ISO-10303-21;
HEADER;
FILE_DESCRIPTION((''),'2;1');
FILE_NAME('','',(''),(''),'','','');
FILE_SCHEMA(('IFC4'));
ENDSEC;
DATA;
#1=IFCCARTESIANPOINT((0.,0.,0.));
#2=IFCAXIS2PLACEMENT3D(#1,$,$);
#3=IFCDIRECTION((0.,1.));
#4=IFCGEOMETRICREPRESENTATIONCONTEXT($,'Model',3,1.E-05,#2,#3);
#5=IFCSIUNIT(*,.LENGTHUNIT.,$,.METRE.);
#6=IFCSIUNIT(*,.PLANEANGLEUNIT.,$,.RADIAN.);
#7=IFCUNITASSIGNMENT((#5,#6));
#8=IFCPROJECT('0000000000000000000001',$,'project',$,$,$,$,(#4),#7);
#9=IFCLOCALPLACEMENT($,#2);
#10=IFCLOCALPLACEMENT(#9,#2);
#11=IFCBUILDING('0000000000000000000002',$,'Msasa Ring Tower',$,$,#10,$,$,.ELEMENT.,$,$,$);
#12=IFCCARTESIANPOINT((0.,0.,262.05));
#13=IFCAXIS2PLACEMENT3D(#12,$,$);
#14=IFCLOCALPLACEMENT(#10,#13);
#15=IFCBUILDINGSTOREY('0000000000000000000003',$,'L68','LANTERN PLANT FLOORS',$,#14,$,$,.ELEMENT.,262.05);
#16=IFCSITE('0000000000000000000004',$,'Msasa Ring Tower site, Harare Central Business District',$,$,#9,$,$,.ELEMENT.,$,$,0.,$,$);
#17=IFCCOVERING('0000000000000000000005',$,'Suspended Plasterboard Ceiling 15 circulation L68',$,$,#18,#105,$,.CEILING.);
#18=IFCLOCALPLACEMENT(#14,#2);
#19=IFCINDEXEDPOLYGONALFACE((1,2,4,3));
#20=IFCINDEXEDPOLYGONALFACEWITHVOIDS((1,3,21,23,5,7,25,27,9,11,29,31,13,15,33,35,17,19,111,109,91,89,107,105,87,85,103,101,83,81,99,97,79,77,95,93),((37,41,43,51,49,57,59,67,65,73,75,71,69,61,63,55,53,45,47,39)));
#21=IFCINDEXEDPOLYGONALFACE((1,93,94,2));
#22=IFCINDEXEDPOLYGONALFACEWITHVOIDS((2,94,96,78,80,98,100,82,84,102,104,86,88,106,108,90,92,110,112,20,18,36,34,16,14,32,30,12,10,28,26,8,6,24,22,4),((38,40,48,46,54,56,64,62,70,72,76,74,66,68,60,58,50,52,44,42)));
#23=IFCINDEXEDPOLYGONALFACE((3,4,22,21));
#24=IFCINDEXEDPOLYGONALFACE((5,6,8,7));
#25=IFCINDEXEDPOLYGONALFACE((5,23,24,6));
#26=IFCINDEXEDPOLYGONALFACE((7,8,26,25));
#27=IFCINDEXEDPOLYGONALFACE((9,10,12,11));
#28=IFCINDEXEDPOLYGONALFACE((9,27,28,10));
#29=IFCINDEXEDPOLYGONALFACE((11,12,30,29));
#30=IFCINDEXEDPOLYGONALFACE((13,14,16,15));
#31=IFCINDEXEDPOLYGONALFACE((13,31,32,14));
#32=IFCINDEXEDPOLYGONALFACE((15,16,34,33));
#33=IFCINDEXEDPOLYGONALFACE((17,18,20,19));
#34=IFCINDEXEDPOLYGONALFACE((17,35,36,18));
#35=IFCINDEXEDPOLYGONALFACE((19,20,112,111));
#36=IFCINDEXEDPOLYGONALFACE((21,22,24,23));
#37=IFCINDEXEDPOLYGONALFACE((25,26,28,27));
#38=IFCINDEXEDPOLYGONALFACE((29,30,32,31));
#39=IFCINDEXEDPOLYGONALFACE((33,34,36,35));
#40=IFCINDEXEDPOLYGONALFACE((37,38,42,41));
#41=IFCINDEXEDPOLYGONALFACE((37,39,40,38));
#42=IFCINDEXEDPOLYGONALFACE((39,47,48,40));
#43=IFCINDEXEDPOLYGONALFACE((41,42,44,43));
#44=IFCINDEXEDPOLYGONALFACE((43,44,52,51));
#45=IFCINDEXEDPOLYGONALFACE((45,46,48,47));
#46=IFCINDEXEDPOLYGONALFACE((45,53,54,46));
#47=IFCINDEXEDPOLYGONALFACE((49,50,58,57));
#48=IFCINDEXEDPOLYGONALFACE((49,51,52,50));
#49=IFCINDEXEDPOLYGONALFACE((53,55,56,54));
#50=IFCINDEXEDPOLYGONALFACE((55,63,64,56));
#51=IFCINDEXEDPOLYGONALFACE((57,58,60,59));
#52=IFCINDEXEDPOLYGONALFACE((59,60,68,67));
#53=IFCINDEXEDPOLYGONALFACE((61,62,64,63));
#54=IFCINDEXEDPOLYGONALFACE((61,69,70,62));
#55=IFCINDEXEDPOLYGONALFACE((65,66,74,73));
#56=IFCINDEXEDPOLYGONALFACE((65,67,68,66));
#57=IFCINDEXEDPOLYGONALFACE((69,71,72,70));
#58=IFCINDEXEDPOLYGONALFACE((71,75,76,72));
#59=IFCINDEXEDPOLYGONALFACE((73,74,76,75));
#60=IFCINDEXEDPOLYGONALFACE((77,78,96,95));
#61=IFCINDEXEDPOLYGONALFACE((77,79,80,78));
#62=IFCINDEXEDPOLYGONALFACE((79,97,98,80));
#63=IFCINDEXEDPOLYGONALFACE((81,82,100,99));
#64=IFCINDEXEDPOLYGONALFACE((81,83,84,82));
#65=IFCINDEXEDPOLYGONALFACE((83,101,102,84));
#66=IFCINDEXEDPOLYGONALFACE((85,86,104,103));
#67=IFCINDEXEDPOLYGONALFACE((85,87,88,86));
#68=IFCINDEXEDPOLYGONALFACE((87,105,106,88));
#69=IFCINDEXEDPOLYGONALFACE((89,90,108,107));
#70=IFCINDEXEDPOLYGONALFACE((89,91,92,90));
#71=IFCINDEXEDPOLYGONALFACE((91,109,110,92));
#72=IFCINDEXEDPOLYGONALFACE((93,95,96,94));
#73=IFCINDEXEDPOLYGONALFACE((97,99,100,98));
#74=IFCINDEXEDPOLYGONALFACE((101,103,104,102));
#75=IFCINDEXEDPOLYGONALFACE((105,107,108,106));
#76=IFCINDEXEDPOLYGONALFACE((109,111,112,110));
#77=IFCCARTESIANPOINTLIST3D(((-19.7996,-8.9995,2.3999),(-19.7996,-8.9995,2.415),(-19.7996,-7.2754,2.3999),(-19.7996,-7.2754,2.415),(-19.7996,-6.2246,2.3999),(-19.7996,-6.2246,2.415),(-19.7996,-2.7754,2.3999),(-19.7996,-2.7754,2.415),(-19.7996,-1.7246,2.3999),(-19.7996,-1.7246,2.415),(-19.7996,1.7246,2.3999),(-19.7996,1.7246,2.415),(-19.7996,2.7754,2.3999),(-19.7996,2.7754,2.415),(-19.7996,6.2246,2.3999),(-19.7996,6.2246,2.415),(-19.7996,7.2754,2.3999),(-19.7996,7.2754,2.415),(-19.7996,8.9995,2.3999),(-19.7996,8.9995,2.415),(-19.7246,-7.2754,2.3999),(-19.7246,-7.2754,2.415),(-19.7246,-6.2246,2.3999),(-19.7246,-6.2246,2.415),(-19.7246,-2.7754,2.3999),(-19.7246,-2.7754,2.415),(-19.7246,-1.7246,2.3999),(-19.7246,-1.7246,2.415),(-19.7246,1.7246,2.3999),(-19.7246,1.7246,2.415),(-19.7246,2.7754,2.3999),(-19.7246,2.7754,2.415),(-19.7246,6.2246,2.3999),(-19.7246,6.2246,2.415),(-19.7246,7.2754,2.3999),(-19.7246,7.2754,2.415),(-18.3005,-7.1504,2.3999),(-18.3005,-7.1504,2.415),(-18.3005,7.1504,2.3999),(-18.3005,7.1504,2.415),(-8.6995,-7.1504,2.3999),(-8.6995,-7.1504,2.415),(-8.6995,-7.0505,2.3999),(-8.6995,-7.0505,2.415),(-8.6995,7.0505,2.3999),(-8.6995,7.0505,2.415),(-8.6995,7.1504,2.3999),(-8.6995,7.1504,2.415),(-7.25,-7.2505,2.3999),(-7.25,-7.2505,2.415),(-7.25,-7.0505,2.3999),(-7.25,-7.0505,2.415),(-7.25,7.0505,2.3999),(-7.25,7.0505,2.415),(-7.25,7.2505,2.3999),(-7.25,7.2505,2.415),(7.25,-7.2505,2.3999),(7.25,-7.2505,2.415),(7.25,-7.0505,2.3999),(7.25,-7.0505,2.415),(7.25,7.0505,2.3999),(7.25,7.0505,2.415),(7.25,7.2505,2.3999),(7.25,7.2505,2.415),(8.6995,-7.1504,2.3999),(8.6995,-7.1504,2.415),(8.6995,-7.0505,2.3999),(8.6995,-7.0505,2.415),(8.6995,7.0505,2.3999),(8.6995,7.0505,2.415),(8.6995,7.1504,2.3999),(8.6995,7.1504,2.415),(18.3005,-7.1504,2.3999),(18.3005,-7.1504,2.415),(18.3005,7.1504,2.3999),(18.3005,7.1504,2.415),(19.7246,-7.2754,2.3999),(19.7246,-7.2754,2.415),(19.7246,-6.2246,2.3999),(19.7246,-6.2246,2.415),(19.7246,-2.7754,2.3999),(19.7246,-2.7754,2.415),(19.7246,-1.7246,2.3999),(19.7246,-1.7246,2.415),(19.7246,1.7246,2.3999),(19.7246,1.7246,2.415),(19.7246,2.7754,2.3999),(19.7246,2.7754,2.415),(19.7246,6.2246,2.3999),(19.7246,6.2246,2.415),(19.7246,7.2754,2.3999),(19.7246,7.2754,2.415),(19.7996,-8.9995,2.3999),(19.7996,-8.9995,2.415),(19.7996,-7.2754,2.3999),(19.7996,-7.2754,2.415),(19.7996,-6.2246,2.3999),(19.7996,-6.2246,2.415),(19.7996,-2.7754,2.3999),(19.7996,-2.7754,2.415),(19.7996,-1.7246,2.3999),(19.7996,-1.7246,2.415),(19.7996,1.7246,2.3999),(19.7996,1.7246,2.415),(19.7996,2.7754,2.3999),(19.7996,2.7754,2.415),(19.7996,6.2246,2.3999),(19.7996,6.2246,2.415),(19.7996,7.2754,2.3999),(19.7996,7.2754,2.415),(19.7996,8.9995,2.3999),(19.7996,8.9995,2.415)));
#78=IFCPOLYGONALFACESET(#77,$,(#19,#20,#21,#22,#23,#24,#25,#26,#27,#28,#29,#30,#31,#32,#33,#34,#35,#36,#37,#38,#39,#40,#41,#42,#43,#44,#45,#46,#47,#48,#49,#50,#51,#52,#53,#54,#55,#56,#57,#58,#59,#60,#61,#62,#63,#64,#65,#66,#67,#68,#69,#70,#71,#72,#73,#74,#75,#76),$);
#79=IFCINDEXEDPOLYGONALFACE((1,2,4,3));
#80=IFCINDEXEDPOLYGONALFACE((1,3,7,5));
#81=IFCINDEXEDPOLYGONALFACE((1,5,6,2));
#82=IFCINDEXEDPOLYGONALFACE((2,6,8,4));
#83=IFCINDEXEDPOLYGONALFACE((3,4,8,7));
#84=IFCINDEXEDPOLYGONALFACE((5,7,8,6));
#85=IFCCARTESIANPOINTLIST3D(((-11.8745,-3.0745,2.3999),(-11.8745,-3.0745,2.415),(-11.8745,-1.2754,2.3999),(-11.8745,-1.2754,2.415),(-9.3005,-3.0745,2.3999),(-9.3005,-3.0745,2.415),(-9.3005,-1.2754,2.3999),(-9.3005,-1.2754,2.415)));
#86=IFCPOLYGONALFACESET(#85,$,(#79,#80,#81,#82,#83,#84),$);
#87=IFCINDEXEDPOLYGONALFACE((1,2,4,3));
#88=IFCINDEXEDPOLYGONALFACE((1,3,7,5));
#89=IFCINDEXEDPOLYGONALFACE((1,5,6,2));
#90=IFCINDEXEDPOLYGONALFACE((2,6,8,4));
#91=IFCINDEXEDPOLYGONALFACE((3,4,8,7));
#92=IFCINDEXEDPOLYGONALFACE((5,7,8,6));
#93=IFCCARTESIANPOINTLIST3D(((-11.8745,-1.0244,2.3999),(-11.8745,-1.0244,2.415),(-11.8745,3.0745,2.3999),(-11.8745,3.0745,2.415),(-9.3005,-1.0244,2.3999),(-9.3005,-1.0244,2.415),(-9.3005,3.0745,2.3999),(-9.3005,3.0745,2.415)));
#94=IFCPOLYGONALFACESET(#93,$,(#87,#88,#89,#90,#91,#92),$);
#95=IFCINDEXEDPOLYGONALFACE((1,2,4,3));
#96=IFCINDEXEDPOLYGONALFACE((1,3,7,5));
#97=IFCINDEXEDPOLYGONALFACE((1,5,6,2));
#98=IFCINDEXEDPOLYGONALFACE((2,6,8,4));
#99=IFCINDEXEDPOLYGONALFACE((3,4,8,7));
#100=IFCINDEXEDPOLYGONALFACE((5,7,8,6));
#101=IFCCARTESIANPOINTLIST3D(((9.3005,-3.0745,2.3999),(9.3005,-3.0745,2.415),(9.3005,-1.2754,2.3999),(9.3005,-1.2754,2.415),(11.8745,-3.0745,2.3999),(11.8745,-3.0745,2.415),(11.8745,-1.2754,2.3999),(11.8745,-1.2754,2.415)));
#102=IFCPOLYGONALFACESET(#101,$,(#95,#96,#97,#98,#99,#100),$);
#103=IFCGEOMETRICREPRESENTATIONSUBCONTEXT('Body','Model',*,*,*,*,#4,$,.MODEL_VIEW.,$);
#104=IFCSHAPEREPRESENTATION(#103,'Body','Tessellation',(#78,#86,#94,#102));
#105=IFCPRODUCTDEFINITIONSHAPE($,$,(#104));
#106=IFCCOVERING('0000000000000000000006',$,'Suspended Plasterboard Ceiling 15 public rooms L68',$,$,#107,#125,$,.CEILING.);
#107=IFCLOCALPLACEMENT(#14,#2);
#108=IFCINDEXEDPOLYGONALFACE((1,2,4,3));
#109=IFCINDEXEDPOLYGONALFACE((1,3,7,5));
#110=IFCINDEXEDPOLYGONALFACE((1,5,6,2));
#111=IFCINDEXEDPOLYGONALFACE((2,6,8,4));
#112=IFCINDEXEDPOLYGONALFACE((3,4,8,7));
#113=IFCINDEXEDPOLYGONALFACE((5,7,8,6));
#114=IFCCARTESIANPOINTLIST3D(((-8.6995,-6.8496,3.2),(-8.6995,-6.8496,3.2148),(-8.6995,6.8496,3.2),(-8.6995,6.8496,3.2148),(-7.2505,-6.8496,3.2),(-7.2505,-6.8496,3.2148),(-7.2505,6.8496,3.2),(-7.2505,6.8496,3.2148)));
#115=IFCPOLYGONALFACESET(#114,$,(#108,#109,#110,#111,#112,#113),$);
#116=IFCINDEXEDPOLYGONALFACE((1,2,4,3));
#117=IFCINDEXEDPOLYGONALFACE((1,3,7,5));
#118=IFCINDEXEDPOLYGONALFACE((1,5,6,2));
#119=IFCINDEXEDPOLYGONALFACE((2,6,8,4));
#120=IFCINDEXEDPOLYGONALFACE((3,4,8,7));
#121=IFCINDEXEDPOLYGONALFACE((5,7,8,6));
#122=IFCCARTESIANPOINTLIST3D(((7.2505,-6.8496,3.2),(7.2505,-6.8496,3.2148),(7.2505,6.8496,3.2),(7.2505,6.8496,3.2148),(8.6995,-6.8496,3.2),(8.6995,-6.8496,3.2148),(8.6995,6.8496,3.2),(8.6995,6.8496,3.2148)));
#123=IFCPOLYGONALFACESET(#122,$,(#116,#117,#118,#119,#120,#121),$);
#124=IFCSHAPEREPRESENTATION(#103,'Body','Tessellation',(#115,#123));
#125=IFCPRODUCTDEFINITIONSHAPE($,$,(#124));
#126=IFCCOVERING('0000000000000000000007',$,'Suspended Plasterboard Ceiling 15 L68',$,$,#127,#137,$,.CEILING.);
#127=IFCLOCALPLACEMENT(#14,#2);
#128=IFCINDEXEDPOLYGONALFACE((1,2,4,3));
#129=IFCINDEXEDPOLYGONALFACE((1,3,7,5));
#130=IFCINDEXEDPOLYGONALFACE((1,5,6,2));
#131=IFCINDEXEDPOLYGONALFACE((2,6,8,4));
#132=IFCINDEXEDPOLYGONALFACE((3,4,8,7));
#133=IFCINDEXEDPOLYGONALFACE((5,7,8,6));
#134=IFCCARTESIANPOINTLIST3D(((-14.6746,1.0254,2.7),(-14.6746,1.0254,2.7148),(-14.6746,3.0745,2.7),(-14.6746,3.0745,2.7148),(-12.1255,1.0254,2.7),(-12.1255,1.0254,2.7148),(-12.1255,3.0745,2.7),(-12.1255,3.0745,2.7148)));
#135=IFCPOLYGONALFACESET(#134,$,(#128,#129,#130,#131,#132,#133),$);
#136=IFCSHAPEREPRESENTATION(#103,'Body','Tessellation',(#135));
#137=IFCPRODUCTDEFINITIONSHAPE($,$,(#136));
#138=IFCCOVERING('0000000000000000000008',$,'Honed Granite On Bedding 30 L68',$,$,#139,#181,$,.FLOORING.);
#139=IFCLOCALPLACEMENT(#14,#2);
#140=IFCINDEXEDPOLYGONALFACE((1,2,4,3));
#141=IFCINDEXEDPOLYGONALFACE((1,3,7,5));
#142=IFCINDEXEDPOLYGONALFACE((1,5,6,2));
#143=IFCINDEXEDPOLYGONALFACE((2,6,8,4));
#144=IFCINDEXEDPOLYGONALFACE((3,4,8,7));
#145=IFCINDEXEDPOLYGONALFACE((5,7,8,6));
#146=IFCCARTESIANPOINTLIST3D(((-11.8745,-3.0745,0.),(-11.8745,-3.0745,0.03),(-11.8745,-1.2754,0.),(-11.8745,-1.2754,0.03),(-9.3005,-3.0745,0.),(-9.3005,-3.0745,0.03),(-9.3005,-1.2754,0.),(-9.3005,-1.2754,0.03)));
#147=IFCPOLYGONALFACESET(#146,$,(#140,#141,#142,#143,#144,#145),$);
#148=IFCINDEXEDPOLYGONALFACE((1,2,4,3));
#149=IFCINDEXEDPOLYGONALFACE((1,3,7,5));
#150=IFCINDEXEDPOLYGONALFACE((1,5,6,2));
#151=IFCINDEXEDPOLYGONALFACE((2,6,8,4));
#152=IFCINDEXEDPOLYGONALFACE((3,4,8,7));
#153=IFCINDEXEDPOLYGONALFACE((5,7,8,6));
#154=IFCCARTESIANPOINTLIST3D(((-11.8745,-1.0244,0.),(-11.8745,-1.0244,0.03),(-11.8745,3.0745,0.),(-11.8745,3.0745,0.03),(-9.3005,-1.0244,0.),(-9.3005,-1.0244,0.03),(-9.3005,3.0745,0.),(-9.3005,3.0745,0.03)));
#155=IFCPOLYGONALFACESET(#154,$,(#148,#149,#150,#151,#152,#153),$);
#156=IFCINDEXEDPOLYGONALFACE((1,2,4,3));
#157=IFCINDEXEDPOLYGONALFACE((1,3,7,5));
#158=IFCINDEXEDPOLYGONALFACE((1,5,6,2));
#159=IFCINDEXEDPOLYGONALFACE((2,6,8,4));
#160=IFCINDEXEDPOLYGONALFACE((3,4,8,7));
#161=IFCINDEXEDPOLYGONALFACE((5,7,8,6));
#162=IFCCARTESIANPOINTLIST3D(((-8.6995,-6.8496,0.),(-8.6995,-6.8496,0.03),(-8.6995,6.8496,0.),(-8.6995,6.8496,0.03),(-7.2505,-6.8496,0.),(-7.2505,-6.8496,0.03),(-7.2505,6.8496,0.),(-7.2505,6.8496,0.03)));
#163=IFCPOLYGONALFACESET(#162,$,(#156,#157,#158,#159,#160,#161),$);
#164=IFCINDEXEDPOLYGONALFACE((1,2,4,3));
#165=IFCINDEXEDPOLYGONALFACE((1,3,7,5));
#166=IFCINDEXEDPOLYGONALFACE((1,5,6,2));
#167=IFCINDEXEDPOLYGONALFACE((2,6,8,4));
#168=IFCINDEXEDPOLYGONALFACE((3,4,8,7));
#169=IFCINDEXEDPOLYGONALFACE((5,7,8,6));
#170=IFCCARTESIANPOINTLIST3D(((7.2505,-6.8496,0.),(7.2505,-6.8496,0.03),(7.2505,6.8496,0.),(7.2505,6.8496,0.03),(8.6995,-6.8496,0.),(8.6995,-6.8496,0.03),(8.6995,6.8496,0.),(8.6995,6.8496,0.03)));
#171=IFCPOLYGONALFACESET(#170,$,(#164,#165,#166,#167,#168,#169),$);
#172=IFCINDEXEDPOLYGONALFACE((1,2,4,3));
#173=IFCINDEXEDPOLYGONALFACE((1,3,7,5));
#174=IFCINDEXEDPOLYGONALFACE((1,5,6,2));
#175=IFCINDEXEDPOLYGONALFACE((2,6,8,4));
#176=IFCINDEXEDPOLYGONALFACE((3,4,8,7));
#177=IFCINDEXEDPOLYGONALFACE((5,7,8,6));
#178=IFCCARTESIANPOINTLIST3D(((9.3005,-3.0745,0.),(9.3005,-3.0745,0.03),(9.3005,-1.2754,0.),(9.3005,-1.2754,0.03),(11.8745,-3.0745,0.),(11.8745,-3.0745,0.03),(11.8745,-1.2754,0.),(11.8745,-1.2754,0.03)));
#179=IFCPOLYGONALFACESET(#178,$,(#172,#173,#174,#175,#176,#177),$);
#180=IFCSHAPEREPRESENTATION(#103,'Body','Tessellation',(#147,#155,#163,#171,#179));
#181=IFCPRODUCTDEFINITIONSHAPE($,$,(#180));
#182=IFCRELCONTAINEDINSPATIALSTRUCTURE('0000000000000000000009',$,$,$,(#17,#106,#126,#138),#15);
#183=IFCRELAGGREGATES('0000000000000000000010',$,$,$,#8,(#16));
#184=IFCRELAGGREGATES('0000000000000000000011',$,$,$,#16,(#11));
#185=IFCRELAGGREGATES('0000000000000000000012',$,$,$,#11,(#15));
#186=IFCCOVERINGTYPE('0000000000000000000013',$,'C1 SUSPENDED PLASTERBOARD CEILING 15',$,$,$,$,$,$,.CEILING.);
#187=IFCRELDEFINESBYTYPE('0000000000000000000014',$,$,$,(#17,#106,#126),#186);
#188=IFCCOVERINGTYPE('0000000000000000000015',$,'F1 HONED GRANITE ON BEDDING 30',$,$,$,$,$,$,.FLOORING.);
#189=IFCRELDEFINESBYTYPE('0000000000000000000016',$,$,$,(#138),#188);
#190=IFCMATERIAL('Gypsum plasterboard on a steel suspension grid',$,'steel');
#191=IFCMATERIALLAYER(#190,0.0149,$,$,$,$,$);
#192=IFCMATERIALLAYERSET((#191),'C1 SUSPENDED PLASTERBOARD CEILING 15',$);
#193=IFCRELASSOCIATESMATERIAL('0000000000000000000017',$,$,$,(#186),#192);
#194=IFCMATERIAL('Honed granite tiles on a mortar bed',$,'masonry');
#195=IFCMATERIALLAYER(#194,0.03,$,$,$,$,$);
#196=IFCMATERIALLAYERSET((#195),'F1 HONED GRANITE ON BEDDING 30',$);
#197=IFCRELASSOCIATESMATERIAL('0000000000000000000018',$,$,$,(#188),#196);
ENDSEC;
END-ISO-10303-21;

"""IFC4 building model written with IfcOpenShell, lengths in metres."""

from ifc_helpers import new_model, si_unit, direction, frame, origin, place, context, subcontext, project, spatial, line, indexed_curve, outline, extrude, material, layer, layer_set, type_object, element, save


model = new_model("IFC4")

# Units and contexts
model_context = context("Model", 3, precision=1e-05, world=origin(), true_north=direction((0.0, 1.0)))
body_context = subcontext(model_context, "Body", "Model", "MODEL_VIEW")
ifc_project = project(units=[si_unit("LENGTHUNIT", "METRE"), si_unit("PLANEANGLEUNIT", "RADIAN")], contexts=[model_context])

# Site, building, storey
site_placement = place(None, origin())
site = spatial("IfcSite", under=ifc_project, at=site_placement, Name="Msasa Ring Tower site, Harare Central Business District", CompositionType="ELEMENT", RefElevation=0.0)
building_placement = place(site_placement, origin())
building = spatial("IfcBuilding", under=site, at=building_placement, Name="Msasa Ring Tower", CompositionType="ELEMENT")
storey_placement = place(building_placement, frame((0.0, 0.0, 262.05)))
storey = spatial("IfcBuildingStorey", under=building, at=storey_placement, Name="L68", Description="LANTERN PLANT FLOORS", CompositionType="ELEMENT", Elevation=262.05)

# Coverings
ifc_material_1 = material(Name="Gypsum plasterboard on a steel suspension grid", Category="steel")
ifc_layer_1 = layer(ifc_material_1, 0.0149)
ifc_layer_set_1 = layer_set([ifc_layer_1], Name="C1 SUSPENDED PLASTERBOARD CEILING 15")
covering_type_1 = type_object("IfcCoveringType", Name="C1 SUSPENDED PLASTERBOARD CEILING 15", PredefinedType="CEILING", material=ifc_layer_set_1)
covering_1_placement = place(storey_placement, frame((0.0, 0.0, 2.3999)))
element("IfcCovering", 1, at=covering_1_placement, inside=storey, type_object=covering_type_1, Name="Suspended Plasterboard Ceiling 15 circulation L68", PredefinedType="CEILING", context=body_context, shape_type="SweptSolid", body=[
    extrude(outline(indexed_curve([(-19.7996, -8.9995), (-19.7996, -7.2754), (-19.7246, -7.2754), (-19.7246, -6.2246), (-19.7996, -6.2246), (-19.7996, -2.7754), (-19.7246, -2.7754), (-19.7246, -1.7246), (-19.7996, -1.7246), (-19.7996, 1.7246), (-19.7246, 1.7246), (-19.7246, 2.7754), (-19.7996, 2.7754), (-19.7996, 6.2246), (-19.7246, 6.2246), (-19.7246, 7.2754), (-19.7996, 7.2754), (-19.7996, 8.9995), (19.7996, 8.9995), (19.7996, 7.2754), (19.7246, 7.2754), (19.7246, 6.2246), (19.7996, 6.2246), (19.7996, 2.7754), (19.7246, 2.7754), (19.7246, 1.7246), (19.7996, 1.7246), (19.7996, -1.7246), (19.7246, -1.7246), (19.7246, -2.7754), (19.7996, -2.7754), (19.7996, -6.2246), (19.7246, -6.2246), (19.7246, -7.2754), (19.7996, -7.2754), (19.7996, -8.9995)], segments=[line(1, 2, 3, 4, 5, 6, 7, 8, 9, 10, 11, 12, 13, 14, 15, 16, 17, 18, 19, 20, 21, 22, 23, 24, 25, 26, 27, 28, 29, 30, 31, 32, 33, 34, 35, 36, 1)], self_intersect=False), holes=[indexed_curve([(8.6995, -7.1504), (18.3005, -7.1504), (18.3005, 7.1504), (8.6995, 7.1504), (8.6995, 7.0505), (7.25, 7.0505), (7.25, 7.2505), (-7.25, 7.2505), (-7.25, 7.0505), (-8.6995, 7.0505), (-8.6995, 7.1504), (-18.3005, 7.1504), (-18.3005, -7.1504), (-8.6995, -7.1504), (-8.6995, -7.0505), (-7.25, -7.0505), (-7.25, -7.2505), (7.25, -7.2505), (7.25, -7.0505), (8.6995, -7.0505)], segments=[line(1, 2, 3, 4, 5, 6, 7, 8, 9, 10, 11, 12, 13, 14, 15, 16, 17, 18, 19, 20, 1)], self_intersect=False)]), origin(), (0.0, 0.0, 1.0), 0.0151),
    extrude(outline(indexed_curve([(-9.3005, -3.0745), (-11.8745, -3.0745), (-11.8745, -1.2754), (-9.3005, -1.2754)], segments=[line(1, 2, 3, 4, 1)], self_intersect=False)), origin(), (0.0, 0.0, 1.0), 0.0151),
    extrude(outline(indexed_curve([(-9.3005, -1.0244), (-11.8745, -1.0244), (-11.8745, 3.0745), (-9.3005, 3.0745)], segments=[line(1, 2, 3, 4, 1)], self_intersect=False)), origin(), (0.0, 0.0, 1.0), 0.0151),
    extrude(outline(indexed_curve([(11.8745, -3.0745), (9.3005, -3.0745), (9.3005, -1.2754), (11.8745, -1.2754)], segments=[line(1, 2, 3, 4, 1)], self_intersect=False)), origin(), (0.0, 0.0, 1.0), 0.0151),
])
covering_2_placement = place(storey_placement, frame((0.0, 0.0, 3.2)))
element("IfcCovering", 2, at=covering_2_placement, inside=storey, type_object=covering_type_1, Name="Suspended Plasterboard Ceiling 15 public rooms L68", PredefinedType="CEILING", context=body_context, shape_type="SweptSolid", body=[
    extrude(outline(indexed_curve([(-7.2505, 6.8496), (-7.2505, -6.8496), (-8.6995, -6.8496), (-8.6995, 6.8496)], segments=[line(1, 2, 3, 4, 1)], self_intersect=False)), origin(), (0.0, 0.0, 1.0), 0.0149),
    extrude(outline(indexed_curve([(8.6995, 6.8496), (8.6995, -6.8496), (7.2505, -6.8496), (7.2505, 6.8496)], segments=[line(1, 2, 3, 4, 1)], self_intersect=False)), origin(), (0.0, 0.0, 1.0), 0.0149),
])
covering_3_placement = place(storey_placement, frame((0.0, 0.0, 2.7)))
element("IfcCovering", 3, at=covering_3_placement, inside=storey, type_object=covering_type_1, Name="Suspended Plasterboard Ceiling 15 L68", PredefinedType="CEILING", context=body_context, shape_type="SweptSolid", body=[
    extrude(outline(indexed_curve([(-14.6746, 3.0745), (-12.1255, 3.0745), (-12.1255, 1.0254), (-14.6746, 1.0254)], segments=[line(1, 2, 3, 4, 1)], self_intersect=False)), origin(), (0.0, 0.0, 1.0), 0.0149),
])
ifc_material_2 = material(Name="Honed granite tiles on a mortar bed", Category="masonry")
ifc_layer_2 = layer(ifc_material_2, 0.03)
ifc_layer_set_2 = layer_set([ifc_layer_2], Name="F1 HONED GRANITE ON BEDDING 30")
covering_type_2 = type_object("IfcCoveringType", Name="F1 HONED GRANITE ON BEDDING 30", PredefinedType="FLOORING", material=ifc_layer_set_2)
covering_4_placement = place(storey_placement, origin())
element("IfcCovering", 4, at=covering_4_placement, inside=storey, type_object=covering_type_2, Name="Honed Granite On Bedding 30 L68", PredefinedType="FLOORING", context=body_context, shape_type="SweptSolid", body=[
    extrude(outline(indexed_curve([(-11.8745, -3.0745), (-11.8745, -1.2754), (-9.3005, -1.2754), (-9.3005, -3.0745)], segments=[line(1, 2, 3, 4, 1)], self_intersect=False)), origin(), (0.0, 0.0, 1.0), 0.03),
    extrude(outline(indexed_curve([(-11.8745, 3.0745), (-9.3005, 3.0745), (-9.3005, -1.0244), (-11.8745, -1.0244)], segments=[line(1, 2, 3, 4, 1)], self_intersect=False)), origin(), (0.0, 0.0, 1.0), 0.03),
    extrude(outline(indexed_curve([(-8.6995, -6.8496), (-8.6995, 6.8496), (-7.2505, 6.8496), (-7.2505, -6.8496)], segments=[line(1, 2, 3, 4, 1)], self_intersect=False)), origin(), (0.0, 0.0, 1.0), 0.03),
    extrude(outline(indexed_curve([(8.6995, 6.8496), (8.6995, -6.8496), (7.2505, -6.8496), (7.2505, 6.8496)], segments=[line(1, 2, 3, 4, 1)], self_intersect=False)), origin(), (0.0, 0.0, 1.0), 0.03),
    extrude(outline(indexed_curve([(9.3005, -3.0745), (9.3005, -1.2754), (11.8745, -1.2754), (11.8745, -3.0745)], segments=[line(1, 2, 3, 4, 1)], self_intersect=False)), origin(), (0.0, 0.0, 1.0), 0.03),
])

save(model, "model.ifc")
